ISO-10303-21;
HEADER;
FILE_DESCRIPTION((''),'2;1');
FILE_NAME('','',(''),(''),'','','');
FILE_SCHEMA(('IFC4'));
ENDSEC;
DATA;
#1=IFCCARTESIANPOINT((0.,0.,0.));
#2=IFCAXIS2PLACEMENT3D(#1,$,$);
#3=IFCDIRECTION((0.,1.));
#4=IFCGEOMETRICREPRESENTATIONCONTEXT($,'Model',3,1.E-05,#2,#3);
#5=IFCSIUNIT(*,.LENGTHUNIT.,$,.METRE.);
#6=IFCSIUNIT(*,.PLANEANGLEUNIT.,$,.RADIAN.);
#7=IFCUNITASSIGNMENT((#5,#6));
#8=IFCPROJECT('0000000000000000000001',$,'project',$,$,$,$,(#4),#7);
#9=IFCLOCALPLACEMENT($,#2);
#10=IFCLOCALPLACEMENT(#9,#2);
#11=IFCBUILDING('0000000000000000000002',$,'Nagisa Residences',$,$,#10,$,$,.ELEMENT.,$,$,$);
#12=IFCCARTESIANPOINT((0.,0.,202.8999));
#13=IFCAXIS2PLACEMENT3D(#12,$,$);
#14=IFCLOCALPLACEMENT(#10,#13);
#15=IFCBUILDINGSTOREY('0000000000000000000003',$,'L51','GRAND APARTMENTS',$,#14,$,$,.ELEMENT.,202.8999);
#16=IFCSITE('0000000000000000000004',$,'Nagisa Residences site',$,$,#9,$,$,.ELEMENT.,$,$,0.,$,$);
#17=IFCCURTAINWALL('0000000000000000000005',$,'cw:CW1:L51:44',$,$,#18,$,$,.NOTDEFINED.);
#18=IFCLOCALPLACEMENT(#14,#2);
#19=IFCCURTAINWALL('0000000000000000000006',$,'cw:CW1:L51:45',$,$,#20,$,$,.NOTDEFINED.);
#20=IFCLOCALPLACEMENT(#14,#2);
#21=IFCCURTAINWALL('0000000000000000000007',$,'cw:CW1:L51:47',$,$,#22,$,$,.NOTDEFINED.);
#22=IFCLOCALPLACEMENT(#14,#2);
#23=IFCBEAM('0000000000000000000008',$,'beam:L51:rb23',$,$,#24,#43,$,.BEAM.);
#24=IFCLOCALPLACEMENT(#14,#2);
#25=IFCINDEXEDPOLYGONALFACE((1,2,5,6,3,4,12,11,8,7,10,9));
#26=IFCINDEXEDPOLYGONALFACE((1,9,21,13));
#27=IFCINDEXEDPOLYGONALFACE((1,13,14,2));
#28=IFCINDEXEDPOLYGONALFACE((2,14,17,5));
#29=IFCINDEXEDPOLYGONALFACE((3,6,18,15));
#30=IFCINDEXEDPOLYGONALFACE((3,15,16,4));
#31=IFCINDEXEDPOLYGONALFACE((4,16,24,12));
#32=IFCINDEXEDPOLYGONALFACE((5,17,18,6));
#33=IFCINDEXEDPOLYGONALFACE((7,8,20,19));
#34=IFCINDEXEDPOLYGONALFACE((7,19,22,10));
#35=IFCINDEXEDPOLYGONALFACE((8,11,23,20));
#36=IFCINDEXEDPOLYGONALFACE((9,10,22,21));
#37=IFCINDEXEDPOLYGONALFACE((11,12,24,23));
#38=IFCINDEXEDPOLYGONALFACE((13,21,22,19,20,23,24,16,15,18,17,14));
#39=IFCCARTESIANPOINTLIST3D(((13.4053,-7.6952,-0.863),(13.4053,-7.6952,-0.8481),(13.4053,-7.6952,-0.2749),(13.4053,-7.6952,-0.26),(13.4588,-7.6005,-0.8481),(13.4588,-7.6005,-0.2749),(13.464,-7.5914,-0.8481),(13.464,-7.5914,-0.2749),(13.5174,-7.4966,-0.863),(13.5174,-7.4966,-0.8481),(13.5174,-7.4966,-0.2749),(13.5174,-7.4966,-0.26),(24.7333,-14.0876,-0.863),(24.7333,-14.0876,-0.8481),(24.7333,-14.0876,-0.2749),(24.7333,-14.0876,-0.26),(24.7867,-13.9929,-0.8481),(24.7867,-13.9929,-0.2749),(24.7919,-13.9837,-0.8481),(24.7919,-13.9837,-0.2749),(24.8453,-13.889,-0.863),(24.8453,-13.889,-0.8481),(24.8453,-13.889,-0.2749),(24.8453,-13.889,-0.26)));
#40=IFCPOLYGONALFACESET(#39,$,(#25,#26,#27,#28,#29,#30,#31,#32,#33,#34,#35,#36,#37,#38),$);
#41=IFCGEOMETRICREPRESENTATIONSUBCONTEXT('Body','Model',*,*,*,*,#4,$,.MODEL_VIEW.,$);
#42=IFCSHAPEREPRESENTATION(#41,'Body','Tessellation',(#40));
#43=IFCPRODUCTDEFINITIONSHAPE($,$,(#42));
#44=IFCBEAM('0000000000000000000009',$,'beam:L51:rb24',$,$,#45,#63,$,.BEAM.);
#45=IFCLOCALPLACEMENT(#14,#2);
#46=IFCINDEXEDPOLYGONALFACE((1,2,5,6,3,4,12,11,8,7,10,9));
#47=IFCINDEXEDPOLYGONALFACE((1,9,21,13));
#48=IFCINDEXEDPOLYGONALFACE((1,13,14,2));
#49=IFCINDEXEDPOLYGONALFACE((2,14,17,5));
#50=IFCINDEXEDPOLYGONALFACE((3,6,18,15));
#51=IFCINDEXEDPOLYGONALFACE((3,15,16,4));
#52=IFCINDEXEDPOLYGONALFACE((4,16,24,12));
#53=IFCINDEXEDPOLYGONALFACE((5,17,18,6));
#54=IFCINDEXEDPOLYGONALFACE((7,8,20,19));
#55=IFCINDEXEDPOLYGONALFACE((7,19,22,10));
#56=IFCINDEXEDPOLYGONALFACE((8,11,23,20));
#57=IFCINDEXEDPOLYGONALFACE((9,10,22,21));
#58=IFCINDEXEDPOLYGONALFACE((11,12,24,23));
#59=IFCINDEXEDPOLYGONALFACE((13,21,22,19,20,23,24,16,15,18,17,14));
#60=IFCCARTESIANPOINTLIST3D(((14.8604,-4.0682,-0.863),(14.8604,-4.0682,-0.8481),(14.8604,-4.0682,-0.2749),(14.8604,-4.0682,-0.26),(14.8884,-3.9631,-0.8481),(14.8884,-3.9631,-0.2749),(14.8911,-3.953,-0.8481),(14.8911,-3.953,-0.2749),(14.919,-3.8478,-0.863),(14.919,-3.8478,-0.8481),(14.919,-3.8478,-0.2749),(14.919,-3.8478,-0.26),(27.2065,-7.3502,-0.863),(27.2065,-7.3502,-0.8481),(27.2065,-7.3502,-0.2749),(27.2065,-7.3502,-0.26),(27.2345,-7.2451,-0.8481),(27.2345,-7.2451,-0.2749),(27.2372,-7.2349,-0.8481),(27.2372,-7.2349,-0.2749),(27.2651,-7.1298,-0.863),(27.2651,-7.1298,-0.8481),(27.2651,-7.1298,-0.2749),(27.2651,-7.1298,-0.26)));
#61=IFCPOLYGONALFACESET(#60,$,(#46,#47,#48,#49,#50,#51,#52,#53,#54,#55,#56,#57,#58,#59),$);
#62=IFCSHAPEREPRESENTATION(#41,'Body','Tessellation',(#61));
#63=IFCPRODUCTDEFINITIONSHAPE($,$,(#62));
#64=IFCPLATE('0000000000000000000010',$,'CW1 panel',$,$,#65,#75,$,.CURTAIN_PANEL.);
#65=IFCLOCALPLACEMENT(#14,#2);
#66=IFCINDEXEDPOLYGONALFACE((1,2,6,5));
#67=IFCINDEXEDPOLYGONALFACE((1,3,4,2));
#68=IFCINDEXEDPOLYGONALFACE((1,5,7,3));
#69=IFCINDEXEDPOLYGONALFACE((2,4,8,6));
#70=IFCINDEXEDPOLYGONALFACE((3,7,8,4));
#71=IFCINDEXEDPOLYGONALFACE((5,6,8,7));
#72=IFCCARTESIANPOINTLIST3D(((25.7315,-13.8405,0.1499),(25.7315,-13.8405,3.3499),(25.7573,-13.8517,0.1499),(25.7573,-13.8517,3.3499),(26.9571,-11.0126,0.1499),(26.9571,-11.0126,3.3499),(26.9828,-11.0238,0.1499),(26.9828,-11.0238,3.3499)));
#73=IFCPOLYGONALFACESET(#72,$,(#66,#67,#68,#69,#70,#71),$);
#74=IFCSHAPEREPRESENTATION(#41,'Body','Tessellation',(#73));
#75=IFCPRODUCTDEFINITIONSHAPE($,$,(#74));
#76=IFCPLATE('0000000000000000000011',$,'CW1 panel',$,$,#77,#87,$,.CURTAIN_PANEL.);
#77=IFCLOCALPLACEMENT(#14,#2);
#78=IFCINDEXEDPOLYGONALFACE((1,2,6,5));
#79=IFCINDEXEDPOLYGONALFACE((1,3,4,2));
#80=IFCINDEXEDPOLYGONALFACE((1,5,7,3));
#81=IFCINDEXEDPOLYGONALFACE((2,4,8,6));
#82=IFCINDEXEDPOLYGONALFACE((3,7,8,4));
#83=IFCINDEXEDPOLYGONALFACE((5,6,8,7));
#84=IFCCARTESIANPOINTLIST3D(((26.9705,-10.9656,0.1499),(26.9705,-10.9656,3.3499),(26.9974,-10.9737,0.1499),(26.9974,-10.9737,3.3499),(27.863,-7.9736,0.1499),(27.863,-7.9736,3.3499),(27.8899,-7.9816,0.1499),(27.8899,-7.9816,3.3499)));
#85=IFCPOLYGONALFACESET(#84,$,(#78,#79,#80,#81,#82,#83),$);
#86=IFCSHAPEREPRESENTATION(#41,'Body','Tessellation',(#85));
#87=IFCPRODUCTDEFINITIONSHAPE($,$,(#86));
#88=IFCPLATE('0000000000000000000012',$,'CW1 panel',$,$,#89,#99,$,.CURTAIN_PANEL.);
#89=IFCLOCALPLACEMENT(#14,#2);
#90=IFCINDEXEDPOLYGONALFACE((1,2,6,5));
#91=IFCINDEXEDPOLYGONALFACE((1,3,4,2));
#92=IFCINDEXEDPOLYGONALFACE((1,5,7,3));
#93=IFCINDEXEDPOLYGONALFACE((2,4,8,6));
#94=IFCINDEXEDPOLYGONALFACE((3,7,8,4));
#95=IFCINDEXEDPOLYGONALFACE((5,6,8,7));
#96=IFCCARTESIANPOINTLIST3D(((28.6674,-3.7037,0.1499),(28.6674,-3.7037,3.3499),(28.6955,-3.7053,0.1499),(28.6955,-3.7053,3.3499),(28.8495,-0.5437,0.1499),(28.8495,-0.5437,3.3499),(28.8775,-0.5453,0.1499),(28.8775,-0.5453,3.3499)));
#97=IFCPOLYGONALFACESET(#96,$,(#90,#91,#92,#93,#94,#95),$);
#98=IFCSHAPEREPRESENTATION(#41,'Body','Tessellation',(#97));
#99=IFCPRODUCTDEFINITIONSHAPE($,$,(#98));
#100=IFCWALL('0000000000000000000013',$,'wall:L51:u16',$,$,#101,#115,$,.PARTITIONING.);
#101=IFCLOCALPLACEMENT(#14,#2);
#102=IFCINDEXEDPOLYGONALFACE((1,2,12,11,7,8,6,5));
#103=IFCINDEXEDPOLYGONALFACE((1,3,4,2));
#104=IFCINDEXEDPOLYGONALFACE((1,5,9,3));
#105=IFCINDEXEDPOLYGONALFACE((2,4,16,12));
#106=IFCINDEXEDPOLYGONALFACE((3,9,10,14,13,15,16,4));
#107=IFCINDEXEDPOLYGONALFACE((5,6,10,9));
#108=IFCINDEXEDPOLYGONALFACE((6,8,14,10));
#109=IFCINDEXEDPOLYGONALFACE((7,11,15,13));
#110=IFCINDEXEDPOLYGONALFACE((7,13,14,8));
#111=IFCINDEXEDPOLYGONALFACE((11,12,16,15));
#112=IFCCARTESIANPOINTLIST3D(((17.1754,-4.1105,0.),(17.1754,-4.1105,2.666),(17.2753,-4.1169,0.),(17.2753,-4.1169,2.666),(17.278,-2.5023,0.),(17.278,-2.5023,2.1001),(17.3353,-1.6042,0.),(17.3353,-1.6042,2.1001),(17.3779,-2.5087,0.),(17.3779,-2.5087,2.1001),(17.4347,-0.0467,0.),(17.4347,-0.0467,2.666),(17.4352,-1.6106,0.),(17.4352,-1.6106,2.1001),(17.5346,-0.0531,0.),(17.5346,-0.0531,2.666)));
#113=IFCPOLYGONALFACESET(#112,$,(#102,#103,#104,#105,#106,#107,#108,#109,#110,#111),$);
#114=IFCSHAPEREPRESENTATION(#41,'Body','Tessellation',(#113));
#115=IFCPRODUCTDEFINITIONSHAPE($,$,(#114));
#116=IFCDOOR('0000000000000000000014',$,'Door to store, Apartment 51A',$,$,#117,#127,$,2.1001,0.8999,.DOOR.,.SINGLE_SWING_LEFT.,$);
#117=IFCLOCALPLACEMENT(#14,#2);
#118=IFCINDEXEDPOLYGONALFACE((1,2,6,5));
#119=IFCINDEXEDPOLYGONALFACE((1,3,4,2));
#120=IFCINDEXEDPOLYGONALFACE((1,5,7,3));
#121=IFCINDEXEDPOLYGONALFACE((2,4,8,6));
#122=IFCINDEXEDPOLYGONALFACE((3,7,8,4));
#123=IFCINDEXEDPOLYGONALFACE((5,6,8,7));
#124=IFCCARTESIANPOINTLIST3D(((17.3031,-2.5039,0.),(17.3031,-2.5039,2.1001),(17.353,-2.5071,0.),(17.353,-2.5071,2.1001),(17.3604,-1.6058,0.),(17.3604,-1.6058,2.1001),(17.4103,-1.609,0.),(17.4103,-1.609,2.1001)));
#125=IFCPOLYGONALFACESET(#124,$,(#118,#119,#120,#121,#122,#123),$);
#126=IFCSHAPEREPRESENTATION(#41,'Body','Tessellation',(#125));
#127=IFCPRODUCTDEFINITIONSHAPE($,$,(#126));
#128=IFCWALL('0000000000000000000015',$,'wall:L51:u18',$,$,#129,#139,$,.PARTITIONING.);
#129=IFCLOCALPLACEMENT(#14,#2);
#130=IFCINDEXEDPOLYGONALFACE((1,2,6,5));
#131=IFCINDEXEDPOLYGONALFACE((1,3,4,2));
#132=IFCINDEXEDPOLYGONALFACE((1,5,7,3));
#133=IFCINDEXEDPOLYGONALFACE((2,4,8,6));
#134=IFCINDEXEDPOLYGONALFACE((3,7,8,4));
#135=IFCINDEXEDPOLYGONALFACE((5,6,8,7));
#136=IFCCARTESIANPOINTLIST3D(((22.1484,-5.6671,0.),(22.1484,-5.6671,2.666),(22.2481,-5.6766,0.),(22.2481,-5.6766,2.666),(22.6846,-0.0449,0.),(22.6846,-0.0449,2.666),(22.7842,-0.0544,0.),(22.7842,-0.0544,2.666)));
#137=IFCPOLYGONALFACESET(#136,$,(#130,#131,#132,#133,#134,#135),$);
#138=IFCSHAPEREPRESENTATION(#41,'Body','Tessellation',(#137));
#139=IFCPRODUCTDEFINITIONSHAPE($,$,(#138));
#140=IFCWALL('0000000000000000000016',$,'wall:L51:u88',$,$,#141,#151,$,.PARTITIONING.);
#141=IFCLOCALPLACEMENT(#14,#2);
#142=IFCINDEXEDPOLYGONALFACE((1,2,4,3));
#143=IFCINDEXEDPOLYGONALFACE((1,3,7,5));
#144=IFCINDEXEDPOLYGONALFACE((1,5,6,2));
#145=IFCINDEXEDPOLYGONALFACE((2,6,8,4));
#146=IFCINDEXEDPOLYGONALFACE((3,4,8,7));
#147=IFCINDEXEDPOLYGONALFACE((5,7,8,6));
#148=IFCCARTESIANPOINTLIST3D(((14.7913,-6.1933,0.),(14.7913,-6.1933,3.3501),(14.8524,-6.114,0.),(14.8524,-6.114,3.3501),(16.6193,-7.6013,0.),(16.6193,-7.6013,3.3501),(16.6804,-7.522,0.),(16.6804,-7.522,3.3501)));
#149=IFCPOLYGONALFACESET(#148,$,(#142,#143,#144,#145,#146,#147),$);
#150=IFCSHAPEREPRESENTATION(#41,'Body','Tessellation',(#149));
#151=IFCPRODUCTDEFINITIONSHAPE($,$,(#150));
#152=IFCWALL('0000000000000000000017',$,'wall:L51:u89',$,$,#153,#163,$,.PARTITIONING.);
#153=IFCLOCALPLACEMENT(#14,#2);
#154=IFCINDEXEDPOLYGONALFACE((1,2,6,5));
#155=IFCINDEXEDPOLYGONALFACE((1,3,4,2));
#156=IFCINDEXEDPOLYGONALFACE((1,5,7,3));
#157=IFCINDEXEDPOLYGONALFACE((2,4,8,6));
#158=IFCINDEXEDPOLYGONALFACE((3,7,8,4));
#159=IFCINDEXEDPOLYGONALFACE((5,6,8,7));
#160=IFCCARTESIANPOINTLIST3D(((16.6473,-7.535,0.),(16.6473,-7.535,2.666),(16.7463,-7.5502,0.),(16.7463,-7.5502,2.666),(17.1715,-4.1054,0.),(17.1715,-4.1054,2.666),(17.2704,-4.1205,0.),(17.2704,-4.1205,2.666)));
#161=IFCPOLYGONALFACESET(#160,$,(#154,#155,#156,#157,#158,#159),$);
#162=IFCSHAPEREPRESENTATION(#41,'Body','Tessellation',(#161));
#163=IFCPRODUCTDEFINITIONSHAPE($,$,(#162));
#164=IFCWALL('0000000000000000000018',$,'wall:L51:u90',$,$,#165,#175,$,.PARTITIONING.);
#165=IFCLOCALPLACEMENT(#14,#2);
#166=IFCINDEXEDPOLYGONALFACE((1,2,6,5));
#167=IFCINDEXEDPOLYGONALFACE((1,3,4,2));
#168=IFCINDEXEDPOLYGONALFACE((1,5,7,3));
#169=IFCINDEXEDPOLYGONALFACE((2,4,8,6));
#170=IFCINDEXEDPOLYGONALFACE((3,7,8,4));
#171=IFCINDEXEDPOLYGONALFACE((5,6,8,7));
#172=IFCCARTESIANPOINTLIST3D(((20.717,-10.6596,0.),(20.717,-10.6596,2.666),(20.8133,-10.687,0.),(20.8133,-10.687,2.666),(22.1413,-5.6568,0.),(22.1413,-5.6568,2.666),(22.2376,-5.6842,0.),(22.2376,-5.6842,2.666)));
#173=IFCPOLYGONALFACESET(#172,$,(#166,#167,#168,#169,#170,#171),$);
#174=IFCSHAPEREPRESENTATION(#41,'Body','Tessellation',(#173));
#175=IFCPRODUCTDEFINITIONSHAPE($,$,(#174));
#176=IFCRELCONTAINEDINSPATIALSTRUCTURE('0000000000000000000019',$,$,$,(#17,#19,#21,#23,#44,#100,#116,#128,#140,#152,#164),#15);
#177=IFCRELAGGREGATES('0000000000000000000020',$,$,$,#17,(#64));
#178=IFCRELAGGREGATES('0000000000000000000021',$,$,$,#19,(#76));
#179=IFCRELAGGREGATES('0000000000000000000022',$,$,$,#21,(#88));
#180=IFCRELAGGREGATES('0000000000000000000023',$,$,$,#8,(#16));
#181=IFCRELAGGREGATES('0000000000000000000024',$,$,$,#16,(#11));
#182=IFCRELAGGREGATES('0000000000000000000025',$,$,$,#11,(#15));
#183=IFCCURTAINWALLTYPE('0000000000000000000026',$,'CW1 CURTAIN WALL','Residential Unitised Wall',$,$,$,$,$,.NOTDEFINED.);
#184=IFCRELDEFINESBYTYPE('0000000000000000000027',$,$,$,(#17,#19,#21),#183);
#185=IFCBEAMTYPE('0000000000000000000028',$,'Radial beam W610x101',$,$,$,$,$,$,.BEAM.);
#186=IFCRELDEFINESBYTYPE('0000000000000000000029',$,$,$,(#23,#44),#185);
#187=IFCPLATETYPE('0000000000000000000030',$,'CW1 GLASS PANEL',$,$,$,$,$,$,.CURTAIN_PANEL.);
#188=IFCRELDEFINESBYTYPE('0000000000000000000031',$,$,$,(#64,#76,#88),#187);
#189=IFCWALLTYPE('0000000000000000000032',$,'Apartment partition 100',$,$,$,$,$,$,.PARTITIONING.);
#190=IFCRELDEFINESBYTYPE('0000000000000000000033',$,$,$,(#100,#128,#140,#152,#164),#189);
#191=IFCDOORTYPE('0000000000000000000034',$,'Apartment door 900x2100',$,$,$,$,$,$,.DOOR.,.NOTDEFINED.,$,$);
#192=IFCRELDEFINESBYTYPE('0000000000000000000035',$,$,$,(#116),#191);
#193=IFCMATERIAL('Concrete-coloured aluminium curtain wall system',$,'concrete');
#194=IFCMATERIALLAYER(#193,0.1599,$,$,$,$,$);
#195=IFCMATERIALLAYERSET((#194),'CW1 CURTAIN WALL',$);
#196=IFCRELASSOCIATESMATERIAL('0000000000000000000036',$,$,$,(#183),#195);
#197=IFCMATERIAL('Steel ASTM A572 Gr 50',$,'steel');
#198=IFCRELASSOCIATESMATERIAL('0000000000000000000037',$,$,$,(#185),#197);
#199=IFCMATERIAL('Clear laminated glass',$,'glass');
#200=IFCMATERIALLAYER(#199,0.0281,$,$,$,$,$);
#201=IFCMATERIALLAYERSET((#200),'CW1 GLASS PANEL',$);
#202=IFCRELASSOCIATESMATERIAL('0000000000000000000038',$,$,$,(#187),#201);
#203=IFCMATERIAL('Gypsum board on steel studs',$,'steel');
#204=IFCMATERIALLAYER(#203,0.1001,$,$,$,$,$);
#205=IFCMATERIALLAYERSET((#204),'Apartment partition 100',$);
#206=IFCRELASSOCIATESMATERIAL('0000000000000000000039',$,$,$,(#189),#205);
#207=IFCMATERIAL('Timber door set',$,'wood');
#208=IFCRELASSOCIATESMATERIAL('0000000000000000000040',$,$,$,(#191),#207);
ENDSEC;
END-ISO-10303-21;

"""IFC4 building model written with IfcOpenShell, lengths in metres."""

from ifc_helpers import new_model, si_unit, direction, frame, frame_2d, origin, origin_2d, place, context, subcontext, project, spatial, rectangle, i_section, extrude, material, layer, layer_set, material_profile, profile_set, type_object, element, fill, aggregate, save


model = new_model("IFC4")

# Units and contexts
model_context = context("Model", 3, precision=1e-05, world=origin(), true_north=direction((0.0, 1.0)))
body_context = subcontext(model_context, "Body", "Model", "MODEL_VIEW")
ifc_project = project(units=[si_unit("LENGTHUNIT", "METRE"), si_unit("PLANEANGLEUNIT", "RADIAN")], contexts=[model_context])

# Site, building, storey
site_placement = place(None, origin())
site = spatial("IfcSite", under=ifc_project, at=site_placement, Name="Nagisa Residences site", CompositionType="ELEMENT", RefElevation=0.0)
building_placement = place(site_placement, origin())
building = spatial("IfcBuilding", under=site, at=building_placement, Name="Nagisa Residences", CompositionType="ELEMENT")
storey_placement = place(building_placement, frame((0.0, 0.0, 202.8999)))
storey = spatial("IfcBuildingStorey", under=building, at=storey_placement, Name="L51", Description="GRAND APARTMENTS", CompositionType="ELEMENT", Elevation=202.8999)

# Curtain walls
ifc_material_1 = material(Name="Concrete-coloured aluminium curtain wall system", Category="concrete")
ifc_layer_1 = layer(ifc_material_1, 0.1599)
ifc_layer_set_1 = layer_set([ifc_layer_1], Name="CW1 CURTAIN WALL")
curtain_wall_type = type_object("IfcCurtainWallType", Name="CW1 CURTAIN WALL", Description="Residential Unitised Wall", PredefinedType="NOTDEFINED", material=ifc_layer_set_1)
curtain_wall_1_placement = place(storey_placement, origin())
curtain_wall_1 = element("IfcCurtainWall", 1, at=curtain_wall_1_placement, inside=storey, type_object=curtain_wall_type, Name="cw:CW1:L51:44", PredefinedType="NOTDEFINED")
curtain_wall_2_placement = place(storey_placement, origin())
curtain_wall_2 = element("IfcCurtainWall", 2, at=curtain_wall_2_placement, inside=storey, type_object=curtain_wall_type, Name="cw:CW1:L51:45", PredefinedType="NOTDEFINED")
curtain_wall_3_placement = place(storey_placement, origin())
curtain_wall_3 = element("IfcCurtainWall", 3, at=curtain_wall_3_placement, inside=storey, type_object=curtain_wall_type, Name="cw:CW1:L51:47", PredefinedType="NOTDEFINED")

# Beams
ifc_material_2 = material(Name="Steel ASTM A572 Gr 50", Category="steel")
ifc_material_profile_1 = material_profile(ifc_material_2, i_section(OverallWidth=0.228, OverallDepth=0.603, WebThickness=0.0105, FlangeThickness=0.0149, at=origin_2d()), Name="W610x101")
ifc_profile_set_1 = profile_set([ifc_material_profile_1], Name="Steel ASTM A572 Gr 50")
beam_type_1 = type_object("IfcBeamType", Name="Radial beam W610x101", PredefinedType="BEAM", material=ifc_profile_set_1)
beam_1_placement = place(storey_placement, frame((24.7893, -13.9883, -0.5615), z_axis=(-0.870905, 0.491452, 0.0), x_axis=(-0.491452, -0.870905, 0.0)))
element("IfcBeam", 4, at=beam_1_placement, inside=storey, type_object=beam_type_1, Name="beam:L51:rb23", PredefinedType="BEAM", context=body_context, shape_type="SweptSolid", body=[
    extrude(i_section(OverallWidth=0.228, OverallDepth=0.603, WebThickness=0.0105, FlangeThickness=0.0149, at=origin_2d()), origin(), (0.0, 0.0, 1.0), 13.0071),
])
beam_2_placement = place(storey_placement, frame((27.2358, -7.24, -0.5615), z_axis=(-0.966436, 0.256907, 0.0), x_axis=(-0.256907, -0.966436, 0.0)))
element("IfcBeam", 5, at=beam_2_placement, inside=storey, type_object=beam_type_1, Name="beam:L51:rb24", PredefinedType="BEAM", context=body_context, shape_type="SweptSolid", body=[
    extrude(i_section(OverallWidth=0.228, OverallDepth=0.603, WebThickness=0.0105, FlangeThickness=0.0149, at=origin_2d()), origin(), (0.0, 0.0, 1.0), 12.7749),
])

# Plates
ifc_material_3 = material(Name="Clear laminated glass", Category="glass")
ifc_layer_2 = layer(ifc_material_3, 0.0281)
ifc_layer_set_2 = layer_set([ifc_layer_2], Name="CW1 GLASS PANEL")
plate_type = type_object("IfcPlateType", Name="CW1 GLASS PANEL", PredefinedType="CURTAIN_PANEL", material=ifc_layer_set_2)
plate_1_placement = place(storey_placement, frame((26.3572, -12.4321, 0.1499), z_axis=(0.0, 0.0, 1.0), x_axis=(0.397636, 0.917543, 0.0)))
plate_1 = element("IfcPlate", 6, at=plate_1_placement, type_object=plate_type, Name="CW1 panel", PredefinedType="CURTAIN_PANEL", context=body_context, shape_type="SweptSolid", body=[
    extrude(rectangle(XDim=3.082, YDim=0.0281, at=origin_2d()), origin(), (0.0, 0.0, 1.0), 3.2),
])
aggregate(curtain_wall_1, [plate_1])
plate_2_placement = place(storey_placement, frame((27.4302, -9.4736, 0.1499), z_axis=(0.0, 0.0, 1.0), x_axis=(0.28586, 0.958271, 0.0)))
plate_2 = element("IfcPlate", 7, at=plate_2_placement, type_object=plate_type, Name="CW1 panel", PredefinedType="CURTAIN_PANEL", context=body_context, shape_type="SweptSolid", body=[
    extrude(rectangle(XDim=3.1223, YDim=0.0281, at=origin_2d()), origin(), (0.0, 0.0, 1.0), 3.2),
])
aggregate(curtain_wall_2, [plate_2])
plate_3_placement = place(storey_placement, frame((28.7725, -2.1245, 0.1499), z_axis=(0.0, 0.0, 1.0), x_axis=(0.057503, 0.998345, 0.0)))
plate_3 = element("IfcPlate", 8, at=plate_3_placement, type_object=plate_type, Name="CW1 panel", PredefinedType="CURTAIN_PANEL", context=body_context, shape_type="SweptSolid", body=[
    extrude(rectangle(XDim=3.1653, YDim=0.0281, at=origin_2d()), origin(), (0.0, 0.0, 1.0), 3.2),
])
aggregate(curtain_wall_3, [plate_3])

# Wall, opening, door
ifc_material_4 = material(Name="Gypsum board on steel studs", Category="steel")
ifc_layer_3 = layer(ifc_material_4, 0.1001)
ifc_layer_set_3 = layer_set([ifc_layer_3], Name="Apartment partition 100")
wall_type_1 = type_object("IfcWallType", Name="Apartment partition 100", PredefinedType="PARTITIONING", material=ifc_layer_set_3)
wall_1_placement = place(storey_placement, frame((17.4846, -0.0498, 0.0), z_axis=(0.0, 0.0, 1.0), x_axis=(-0.063673, -0.997971, 0.0)))
wall_1 = element("IfcWall", 9, at=wall_1_placement, inside=storey, type_object=wall_type_1, Name="wall:L51:u16", PredefinedType="PARTITIONING", context=body_context, shape_type="SweptSolid", body=[
    extrude(rectangle(XDim=4.072, YDim=0.1001, at=frame_2d((2.0361, 0.0))), origin(), (0.0, 0.0, 1.0), 2.666),
])
opening_1_placement = place(wall_1_placement, frame((1.5608, 0.0, 0.0)))
opening_1 = element("IfcOpeningElement", 10, at=opening_1_placement, cuts=wall_1, PredefinedType="OPENING", context=body_context, shape_type="SweptSolid", body=[
    extrude(rectangle(XDim=0.8999, YDim=2.1001, at=frame_2d((0.45, 1.05))), frame((0.0, 0.0601, 0.0), z_axis=(0.0, -1.0, 0.0), x_axis=(1.0, 0.0, 0.0)), (0.0, 0.0, 1.0), 0.1201),
])
ifc_material_5 = material(Name="Timber door set", Category="wood")
door_type_1 = type_object("IfcDoorType", Name="Apartment door 900x2100", OperationType="NOTDEFINED", PredefinedType="DOOR", material=ifc_material_5)
door_1_placement = place(opening_1_placement, frame((0.8999, 0.0, 0.0), x_axis=(-1.0, 0.0, 0.0)))
door_1 = element("IfcDoor", 11, at=door_1_placement, inside=storey, type_object=door_type_1, Name="Door to store, Apartment 51A", OperationType="SINGLE_SWING_LEFT", OverallHeight=2.1001, OverallWidth=0.8999, PredefinedType="DOOR", context=body_context, shape_type="SweptSolid", body=[
    extrude(rectangle(XDim=0.8999, YDim=2.1001, at=frame_2d((0.45, 1.05))), frame((0.0, 0.0249, 0.0), z_axis=(0.0, -1.0, 0.0), x_axis=(1.0, 0.0, 0.0)), (0.0, 0.0, 1.0), 0.05),
])
fill(opening_1, door_1)

# Walls
wall_2_placement = place(storey_placement, frame((22.7344, -0.0498, 0.0), z_axis=(0.0, 0.0, 1.0), x_axis=(-0.094927, -0.995484, 0.0)))
element("IfcWall", 12, at=wall_2_placement, inside=storey, type_object=wall_type_1, Name="wall:L51:u18", PredefinedType="PARTITIONING", context=body_context, shape_type="SweptSolid", body=[
    extrude(rectangle(XDim=5.6477, YDim=0.1001, at=frame_2d((2.8237, 0.0))), origin(), (0.0, 0.0, 1.0), 2.666),
])
wall_3_placement = place(storey_placement, frame((14.8218, -6.1536, 0.0), z_axis=(0.0, 0.0, 1.0), x_axis=(0.792227, -0.610227, 0.0)))
element("IfcWall", 13, at=wall_3_placement, inside=storey, type_object=wall_type_1, Name="wall:L51:u88", PredefinedType="PARTITIONING", context=body_context, shape_type="SweptSolid", body=[
    extrude(rectangle(XDim=2.3074, YDim=0.1001, at=frame_2d((1.1538, 0.0))), origin(), (0.0, 0.0, 1.0), 3.3501),
])
wall_4_placement = place(storey_placement, frame((16.6968, -7.5427, 0.0), z_axis=(0.0, 0.0, 1.0), x_axis=(0.151079, 0.988522, 0.0)))
element("IfcWall", 14, at=wall_4_placement, inside=storey, type_object=wall_type_1, Name="wall:L51:u89", PredefinedType="PARTITIONING", context=body_context, shape_type="SweptSolid", body=[
    extrude(rectangle(XDim=3.4695, YDim=0.1001, at=frame_2d((1.7349, 0.0))), origin(), (0.0, 0.0, 1.0), 2.666),
])
wall_5_placement = place(storey_placement, frame((20.7651, -10.6733, 0.0), z_axis=(0.0, 0.0, 1.0), x_axis=(0.273816, 0.961782, 0.0)))
element("IfcWall", 15, at=wall_5_placement, inside=storey, type_object=wall_type_1, Name="wall:L51:u90", PredefinedType="PARTITIONING", context=body_context, shape_type="SweptSolid", body=[
    extrude(rectangle(XDim=5.2017, YDim=0.1001, at=frame_2d((2.6008, 0.0))), origin(), (0.0, 0.0, 1.0), 2.666),
])

save(model, "model.ifc")
